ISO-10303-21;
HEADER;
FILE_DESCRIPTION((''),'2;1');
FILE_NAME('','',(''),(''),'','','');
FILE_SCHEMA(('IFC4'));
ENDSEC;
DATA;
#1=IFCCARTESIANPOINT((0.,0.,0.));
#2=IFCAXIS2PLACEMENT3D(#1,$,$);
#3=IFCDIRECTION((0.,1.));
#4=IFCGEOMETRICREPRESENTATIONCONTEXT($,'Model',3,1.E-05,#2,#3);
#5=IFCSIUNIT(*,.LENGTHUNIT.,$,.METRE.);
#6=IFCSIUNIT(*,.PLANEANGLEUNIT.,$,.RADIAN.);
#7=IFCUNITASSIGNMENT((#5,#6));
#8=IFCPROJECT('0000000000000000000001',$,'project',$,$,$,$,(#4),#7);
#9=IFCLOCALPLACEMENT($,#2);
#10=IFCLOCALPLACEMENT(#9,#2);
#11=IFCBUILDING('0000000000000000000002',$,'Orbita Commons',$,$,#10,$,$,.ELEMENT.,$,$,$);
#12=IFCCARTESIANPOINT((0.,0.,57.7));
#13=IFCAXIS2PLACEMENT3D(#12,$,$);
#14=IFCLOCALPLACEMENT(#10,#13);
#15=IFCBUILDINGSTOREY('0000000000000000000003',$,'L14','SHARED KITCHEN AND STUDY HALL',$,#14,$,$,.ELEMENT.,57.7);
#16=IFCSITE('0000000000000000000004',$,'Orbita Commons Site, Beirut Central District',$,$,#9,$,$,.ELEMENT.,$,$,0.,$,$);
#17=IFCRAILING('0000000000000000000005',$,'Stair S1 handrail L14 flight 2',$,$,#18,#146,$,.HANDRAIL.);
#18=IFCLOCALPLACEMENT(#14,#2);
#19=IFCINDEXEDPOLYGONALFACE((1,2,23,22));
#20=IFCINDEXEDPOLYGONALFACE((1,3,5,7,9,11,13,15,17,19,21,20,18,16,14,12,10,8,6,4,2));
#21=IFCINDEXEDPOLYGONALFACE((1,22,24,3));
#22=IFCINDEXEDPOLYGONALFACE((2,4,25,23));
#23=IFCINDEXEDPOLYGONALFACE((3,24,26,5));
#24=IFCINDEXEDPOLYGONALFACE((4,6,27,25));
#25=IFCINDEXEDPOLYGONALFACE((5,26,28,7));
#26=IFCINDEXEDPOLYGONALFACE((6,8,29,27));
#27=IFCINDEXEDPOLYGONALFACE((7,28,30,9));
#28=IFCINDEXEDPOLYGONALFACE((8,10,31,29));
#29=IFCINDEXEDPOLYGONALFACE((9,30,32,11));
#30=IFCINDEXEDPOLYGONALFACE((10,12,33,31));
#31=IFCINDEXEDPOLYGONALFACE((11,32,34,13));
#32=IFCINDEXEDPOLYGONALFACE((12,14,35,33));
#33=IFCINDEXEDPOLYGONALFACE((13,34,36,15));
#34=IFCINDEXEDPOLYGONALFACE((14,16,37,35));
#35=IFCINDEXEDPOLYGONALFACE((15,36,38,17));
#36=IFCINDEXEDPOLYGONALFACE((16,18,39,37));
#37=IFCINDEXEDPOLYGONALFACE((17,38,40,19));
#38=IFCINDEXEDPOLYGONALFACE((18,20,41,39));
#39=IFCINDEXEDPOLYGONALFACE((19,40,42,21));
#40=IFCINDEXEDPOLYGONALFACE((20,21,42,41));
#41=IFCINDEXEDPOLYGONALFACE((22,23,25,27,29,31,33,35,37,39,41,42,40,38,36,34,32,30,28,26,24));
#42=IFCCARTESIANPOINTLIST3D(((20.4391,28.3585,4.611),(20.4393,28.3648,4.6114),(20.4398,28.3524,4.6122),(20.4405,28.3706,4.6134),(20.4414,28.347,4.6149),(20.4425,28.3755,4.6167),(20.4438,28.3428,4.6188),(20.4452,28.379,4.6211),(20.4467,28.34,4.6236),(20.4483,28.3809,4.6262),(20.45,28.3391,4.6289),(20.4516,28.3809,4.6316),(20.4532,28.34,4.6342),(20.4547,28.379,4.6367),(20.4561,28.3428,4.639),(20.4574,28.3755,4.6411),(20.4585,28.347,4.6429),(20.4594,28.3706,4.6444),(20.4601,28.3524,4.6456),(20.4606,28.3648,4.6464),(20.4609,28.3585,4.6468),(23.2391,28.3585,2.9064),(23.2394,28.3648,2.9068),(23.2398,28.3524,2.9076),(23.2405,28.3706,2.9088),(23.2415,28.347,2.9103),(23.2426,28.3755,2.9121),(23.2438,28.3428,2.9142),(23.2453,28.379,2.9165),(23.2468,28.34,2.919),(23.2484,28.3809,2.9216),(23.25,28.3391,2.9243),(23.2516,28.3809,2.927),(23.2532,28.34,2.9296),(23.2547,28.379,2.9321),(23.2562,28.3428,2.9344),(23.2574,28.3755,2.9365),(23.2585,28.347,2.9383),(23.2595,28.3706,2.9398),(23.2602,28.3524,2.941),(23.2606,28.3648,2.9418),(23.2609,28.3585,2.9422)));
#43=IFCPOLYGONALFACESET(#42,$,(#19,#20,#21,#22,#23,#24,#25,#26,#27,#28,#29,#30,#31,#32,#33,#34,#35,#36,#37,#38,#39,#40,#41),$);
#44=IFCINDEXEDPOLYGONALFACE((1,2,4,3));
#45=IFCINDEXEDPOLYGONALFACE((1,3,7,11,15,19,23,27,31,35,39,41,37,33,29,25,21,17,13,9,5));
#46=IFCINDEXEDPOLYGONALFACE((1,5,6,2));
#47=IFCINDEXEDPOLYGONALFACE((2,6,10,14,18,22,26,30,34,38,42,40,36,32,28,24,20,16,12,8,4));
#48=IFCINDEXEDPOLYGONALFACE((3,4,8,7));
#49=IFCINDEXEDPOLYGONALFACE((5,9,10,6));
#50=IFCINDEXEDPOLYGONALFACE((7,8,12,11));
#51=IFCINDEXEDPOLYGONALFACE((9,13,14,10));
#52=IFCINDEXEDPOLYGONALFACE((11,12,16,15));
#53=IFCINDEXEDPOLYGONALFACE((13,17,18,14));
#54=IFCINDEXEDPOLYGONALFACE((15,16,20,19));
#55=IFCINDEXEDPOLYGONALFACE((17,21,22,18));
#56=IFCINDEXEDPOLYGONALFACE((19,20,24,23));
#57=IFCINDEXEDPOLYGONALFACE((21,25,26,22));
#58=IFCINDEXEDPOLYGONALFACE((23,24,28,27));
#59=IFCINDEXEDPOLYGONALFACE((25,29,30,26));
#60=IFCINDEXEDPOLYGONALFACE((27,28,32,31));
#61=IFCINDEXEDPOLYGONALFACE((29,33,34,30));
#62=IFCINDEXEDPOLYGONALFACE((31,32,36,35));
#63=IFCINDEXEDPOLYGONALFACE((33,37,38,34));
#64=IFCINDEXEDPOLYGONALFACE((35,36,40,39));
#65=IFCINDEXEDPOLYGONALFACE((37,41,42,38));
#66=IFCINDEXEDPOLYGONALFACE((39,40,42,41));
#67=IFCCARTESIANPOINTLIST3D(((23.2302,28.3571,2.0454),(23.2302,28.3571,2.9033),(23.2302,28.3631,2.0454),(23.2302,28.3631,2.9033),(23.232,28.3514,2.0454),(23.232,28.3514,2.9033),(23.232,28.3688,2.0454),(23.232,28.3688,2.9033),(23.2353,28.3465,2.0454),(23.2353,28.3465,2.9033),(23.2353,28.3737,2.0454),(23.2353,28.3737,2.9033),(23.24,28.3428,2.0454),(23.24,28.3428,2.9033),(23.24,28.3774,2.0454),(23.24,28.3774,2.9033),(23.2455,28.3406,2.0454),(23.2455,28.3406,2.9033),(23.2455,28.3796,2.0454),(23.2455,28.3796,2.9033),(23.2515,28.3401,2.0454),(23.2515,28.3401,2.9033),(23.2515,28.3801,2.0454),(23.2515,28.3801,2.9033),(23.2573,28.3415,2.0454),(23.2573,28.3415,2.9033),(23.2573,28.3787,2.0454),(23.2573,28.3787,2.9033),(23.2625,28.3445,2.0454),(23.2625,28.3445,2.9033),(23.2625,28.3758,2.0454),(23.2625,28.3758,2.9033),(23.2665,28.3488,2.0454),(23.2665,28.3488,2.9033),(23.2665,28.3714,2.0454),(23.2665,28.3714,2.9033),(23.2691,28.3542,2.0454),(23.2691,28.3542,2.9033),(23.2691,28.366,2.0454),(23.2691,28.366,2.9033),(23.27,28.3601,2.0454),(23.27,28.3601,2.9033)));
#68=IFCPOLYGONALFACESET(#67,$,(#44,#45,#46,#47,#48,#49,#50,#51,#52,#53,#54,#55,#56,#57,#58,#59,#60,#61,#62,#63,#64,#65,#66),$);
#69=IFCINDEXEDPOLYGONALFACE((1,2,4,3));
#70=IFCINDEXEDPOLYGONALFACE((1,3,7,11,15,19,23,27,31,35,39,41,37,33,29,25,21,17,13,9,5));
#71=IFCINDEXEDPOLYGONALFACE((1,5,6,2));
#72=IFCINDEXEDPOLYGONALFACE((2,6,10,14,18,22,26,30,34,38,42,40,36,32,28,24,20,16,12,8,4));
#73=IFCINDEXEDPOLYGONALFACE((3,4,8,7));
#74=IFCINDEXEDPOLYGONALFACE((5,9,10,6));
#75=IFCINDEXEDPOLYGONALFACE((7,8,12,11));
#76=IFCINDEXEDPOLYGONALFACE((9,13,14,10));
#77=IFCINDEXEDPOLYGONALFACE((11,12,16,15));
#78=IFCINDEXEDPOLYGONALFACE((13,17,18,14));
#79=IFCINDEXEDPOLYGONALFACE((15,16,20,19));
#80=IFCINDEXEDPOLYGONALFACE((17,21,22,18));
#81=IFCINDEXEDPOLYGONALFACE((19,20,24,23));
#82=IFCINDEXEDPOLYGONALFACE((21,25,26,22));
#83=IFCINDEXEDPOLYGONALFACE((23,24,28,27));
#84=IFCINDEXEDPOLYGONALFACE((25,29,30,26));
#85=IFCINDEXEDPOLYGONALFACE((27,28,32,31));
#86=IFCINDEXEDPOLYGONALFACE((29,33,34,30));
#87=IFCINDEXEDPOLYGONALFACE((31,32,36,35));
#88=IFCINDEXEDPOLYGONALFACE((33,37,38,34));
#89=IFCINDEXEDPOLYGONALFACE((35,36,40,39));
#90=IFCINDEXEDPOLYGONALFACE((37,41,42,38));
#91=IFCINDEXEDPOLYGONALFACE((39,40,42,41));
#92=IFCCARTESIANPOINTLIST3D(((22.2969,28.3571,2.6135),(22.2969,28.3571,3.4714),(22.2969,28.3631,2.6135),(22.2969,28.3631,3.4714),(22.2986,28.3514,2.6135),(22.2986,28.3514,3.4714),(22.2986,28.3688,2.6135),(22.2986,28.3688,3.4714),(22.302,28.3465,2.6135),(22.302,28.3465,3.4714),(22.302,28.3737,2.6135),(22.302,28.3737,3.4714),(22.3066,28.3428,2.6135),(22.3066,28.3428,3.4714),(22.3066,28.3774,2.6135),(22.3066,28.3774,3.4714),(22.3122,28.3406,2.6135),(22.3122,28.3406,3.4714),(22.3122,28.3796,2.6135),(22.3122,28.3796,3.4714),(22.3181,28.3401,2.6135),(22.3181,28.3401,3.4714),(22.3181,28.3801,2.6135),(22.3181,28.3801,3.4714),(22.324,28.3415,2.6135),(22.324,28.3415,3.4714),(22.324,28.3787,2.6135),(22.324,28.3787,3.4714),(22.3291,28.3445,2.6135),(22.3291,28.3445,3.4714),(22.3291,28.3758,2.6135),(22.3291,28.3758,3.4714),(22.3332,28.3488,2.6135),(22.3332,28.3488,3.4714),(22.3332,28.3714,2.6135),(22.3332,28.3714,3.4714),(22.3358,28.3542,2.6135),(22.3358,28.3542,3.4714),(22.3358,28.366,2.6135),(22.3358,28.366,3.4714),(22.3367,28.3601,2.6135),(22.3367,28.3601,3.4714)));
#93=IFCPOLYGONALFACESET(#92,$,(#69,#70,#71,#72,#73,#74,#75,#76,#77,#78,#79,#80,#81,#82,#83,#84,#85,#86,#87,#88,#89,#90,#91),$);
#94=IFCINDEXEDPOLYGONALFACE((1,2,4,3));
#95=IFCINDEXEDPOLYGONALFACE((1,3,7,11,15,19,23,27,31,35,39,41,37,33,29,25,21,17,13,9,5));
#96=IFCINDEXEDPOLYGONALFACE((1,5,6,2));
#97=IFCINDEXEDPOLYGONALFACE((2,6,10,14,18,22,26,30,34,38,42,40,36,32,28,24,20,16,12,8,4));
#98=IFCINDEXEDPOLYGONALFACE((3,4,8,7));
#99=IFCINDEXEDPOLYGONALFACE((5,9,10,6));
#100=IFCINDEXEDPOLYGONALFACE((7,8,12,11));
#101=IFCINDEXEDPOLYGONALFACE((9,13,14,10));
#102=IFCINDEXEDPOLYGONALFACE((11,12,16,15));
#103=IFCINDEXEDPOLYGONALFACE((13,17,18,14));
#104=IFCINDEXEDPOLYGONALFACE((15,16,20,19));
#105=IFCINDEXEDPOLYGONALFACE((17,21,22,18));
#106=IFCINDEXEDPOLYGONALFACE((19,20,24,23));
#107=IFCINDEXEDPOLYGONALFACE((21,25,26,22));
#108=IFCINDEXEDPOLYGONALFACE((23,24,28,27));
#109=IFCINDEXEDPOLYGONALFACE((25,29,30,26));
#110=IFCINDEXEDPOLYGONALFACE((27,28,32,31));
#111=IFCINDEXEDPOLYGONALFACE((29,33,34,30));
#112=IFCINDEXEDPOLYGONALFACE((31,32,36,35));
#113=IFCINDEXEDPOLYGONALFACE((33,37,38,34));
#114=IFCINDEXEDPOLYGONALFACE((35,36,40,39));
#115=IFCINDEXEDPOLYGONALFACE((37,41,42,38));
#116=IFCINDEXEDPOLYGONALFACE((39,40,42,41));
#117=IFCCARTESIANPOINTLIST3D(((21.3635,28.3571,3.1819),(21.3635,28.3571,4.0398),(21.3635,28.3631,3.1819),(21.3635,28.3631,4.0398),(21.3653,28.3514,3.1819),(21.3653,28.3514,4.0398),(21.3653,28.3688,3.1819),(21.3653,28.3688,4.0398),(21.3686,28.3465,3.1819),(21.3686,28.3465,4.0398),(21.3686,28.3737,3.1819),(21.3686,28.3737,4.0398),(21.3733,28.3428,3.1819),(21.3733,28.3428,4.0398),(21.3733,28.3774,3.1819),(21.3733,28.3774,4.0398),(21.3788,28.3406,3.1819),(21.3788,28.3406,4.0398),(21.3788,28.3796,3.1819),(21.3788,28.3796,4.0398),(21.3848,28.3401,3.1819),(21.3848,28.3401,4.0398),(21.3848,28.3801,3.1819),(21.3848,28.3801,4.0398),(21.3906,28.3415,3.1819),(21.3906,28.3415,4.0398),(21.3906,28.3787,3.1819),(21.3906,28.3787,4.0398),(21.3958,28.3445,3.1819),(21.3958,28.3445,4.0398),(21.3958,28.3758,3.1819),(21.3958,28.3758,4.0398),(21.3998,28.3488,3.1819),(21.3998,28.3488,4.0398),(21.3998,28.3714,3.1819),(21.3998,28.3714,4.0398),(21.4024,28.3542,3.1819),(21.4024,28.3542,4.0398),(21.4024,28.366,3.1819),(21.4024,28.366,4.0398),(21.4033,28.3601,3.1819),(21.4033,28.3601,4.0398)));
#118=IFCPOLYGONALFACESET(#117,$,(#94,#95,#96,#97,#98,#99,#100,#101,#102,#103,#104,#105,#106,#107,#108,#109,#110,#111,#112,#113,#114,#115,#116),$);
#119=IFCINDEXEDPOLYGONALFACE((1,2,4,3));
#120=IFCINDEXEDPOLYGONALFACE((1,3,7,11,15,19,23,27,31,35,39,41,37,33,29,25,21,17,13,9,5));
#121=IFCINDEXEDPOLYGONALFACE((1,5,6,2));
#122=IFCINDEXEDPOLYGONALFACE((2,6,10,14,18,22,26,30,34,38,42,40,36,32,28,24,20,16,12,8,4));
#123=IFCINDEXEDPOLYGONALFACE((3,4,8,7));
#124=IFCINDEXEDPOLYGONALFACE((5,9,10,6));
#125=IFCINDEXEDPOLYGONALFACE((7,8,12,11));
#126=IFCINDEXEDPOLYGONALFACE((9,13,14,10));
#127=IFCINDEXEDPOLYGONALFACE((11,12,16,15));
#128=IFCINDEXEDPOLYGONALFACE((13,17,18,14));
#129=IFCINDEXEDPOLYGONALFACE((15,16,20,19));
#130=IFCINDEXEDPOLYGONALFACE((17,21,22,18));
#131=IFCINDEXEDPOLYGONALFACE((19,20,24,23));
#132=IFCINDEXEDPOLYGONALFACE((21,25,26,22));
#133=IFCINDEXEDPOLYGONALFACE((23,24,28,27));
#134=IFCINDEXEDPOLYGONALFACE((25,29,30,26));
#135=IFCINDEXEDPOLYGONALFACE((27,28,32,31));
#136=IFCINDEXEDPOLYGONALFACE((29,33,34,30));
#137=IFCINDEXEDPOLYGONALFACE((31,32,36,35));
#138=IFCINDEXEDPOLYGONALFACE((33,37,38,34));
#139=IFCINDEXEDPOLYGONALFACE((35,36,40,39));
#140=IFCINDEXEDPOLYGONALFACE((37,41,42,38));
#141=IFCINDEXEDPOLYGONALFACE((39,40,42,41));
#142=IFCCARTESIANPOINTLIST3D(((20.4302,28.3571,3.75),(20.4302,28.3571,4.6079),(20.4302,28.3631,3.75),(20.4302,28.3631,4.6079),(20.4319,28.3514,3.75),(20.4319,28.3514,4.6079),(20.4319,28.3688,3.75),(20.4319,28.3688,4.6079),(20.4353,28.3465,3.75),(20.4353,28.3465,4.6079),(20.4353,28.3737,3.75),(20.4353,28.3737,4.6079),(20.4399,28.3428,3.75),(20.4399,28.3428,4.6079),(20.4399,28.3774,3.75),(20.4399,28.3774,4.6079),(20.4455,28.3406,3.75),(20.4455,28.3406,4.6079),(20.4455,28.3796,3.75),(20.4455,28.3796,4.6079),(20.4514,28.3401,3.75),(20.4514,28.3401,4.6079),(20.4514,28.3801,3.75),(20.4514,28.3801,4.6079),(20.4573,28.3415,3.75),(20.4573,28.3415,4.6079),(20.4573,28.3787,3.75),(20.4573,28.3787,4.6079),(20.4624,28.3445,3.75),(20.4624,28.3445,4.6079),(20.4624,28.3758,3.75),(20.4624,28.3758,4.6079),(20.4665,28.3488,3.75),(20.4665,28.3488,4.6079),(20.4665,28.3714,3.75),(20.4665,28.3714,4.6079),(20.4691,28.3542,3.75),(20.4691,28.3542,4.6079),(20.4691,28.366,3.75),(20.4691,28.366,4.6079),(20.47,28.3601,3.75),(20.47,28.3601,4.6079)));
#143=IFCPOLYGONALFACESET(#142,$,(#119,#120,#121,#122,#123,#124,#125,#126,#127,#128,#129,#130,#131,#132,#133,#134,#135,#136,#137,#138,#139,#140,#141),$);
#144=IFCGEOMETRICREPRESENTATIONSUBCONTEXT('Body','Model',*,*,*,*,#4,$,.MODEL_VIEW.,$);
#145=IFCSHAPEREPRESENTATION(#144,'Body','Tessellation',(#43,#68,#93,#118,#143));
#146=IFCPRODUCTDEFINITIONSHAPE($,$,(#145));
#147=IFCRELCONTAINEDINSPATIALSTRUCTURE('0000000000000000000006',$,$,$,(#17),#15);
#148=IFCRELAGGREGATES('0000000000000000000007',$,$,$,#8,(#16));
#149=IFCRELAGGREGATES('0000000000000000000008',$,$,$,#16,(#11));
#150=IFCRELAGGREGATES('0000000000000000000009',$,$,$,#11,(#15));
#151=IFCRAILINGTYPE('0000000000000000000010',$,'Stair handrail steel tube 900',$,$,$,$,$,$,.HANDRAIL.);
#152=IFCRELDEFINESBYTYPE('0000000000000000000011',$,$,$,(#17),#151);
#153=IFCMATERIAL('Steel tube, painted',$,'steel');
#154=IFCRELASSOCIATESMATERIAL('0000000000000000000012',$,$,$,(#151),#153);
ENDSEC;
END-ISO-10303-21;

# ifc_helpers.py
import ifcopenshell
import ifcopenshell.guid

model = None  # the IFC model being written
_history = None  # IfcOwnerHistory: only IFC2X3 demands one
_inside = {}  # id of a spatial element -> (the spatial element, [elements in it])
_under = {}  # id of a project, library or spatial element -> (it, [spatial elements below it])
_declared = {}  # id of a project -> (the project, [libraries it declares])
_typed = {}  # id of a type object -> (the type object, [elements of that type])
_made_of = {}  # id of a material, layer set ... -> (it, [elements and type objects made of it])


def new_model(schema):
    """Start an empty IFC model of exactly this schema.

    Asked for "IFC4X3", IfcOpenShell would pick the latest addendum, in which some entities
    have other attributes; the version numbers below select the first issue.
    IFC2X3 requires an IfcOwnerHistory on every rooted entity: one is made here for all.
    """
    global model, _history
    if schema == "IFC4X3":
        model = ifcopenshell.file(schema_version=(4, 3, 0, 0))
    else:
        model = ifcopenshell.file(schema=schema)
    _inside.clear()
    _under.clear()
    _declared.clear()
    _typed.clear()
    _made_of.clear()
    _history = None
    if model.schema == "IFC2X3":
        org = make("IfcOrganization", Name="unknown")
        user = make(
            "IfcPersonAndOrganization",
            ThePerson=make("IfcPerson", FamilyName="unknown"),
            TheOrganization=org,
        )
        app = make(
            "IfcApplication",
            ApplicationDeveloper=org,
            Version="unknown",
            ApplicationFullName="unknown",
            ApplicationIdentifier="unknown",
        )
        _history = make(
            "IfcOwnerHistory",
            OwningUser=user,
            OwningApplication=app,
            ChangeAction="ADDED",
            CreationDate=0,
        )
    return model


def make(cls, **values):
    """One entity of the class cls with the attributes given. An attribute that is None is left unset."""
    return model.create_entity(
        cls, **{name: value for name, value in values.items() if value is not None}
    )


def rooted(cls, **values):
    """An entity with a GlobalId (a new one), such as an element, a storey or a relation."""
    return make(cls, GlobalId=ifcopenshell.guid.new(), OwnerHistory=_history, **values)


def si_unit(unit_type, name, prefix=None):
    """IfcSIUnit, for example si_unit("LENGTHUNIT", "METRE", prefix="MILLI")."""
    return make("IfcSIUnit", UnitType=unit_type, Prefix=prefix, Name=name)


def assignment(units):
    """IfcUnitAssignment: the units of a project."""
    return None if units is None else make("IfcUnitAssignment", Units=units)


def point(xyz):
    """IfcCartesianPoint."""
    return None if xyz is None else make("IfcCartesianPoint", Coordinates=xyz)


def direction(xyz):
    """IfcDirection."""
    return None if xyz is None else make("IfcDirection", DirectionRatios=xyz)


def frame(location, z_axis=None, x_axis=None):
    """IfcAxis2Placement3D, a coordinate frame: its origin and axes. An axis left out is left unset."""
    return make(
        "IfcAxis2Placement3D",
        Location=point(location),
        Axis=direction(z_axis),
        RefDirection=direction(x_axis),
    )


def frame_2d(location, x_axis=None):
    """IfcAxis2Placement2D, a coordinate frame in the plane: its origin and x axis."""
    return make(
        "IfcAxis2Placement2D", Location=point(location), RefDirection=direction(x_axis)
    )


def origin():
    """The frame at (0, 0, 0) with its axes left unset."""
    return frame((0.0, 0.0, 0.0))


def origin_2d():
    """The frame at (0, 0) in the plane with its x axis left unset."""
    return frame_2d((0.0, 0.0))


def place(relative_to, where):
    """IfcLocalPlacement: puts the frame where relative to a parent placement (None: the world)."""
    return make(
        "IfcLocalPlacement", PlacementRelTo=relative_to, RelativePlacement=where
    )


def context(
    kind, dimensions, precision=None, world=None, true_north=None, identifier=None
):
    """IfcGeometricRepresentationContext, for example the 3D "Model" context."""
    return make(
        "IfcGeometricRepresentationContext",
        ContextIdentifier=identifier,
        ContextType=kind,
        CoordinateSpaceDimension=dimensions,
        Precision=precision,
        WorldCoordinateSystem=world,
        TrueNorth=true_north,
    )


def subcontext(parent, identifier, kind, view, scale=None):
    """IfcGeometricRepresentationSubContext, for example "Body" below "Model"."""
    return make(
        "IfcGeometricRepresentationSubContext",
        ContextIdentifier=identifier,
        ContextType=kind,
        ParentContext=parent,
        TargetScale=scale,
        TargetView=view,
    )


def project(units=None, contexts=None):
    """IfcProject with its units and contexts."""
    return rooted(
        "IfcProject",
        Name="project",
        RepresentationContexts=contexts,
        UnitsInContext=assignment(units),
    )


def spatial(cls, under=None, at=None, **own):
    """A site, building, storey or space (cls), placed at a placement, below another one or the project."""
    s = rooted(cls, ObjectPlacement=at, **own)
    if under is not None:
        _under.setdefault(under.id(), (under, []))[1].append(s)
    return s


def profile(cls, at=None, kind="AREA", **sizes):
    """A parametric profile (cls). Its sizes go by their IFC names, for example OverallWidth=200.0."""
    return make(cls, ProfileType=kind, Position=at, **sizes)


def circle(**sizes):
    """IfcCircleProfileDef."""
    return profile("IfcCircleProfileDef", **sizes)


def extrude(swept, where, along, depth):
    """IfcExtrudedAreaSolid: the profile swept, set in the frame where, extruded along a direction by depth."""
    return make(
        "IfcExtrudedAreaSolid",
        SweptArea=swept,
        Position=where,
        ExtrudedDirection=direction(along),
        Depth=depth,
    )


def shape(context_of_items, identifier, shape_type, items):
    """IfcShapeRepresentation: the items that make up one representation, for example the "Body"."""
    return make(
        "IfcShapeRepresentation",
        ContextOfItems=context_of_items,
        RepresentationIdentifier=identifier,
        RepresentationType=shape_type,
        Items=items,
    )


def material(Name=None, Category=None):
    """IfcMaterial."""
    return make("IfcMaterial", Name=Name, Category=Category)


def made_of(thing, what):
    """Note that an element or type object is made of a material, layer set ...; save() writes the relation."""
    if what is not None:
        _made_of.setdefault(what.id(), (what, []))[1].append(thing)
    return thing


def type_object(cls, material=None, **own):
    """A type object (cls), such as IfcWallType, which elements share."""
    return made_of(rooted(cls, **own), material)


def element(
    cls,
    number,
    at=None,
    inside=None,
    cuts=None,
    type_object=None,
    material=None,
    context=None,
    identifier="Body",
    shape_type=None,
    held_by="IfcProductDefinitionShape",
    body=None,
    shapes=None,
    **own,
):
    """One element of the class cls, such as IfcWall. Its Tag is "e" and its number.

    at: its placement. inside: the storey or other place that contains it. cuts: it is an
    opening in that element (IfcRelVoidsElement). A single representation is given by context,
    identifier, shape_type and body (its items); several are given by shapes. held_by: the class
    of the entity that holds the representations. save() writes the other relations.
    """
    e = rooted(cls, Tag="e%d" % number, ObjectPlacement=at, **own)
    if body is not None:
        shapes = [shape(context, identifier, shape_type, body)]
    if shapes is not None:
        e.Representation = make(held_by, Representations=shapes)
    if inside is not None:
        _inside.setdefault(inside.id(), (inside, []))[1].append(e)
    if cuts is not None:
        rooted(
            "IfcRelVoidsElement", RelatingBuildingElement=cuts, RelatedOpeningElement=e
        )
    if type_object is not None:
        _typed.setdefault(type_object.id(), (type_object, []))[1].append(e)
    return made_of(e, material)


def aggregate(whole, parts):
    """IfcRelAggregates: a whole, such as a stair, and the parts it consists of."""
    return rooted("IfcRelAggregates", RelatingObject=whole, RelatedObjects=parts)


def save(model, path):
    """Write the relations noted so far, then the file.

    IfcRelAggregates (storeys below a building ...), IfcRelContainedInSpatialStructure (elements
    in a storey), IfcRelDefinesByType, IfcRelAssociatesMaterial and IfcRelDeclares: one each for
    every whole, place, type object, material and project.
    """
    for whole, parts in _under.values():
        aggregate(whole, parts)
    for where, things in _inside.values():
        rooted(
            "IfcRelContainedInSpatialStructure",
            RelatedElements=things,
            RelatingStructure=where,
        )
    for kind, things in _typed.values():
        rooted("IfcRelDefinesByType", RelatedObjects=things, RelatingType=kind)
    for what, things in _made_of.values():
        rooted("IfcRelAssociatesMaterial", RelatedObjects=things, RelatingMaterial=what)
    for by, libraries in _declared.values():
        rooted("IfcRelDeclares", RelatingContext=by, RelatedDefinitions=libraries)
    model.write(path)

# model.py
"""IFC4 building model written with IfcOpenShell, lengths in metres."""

from ifc_helpers import new_model, si_unit, direction, frame, origin, origin_2d, place, context, subcontext, project, spatial, circle, extrude, material, type_object, element, save


model = new_model("IFC4")

# Units and contexts
model_context = context("Model", 3, precision=1e-05, world=origin(), true_north=direction((0.0, 1.0)))
body_context = subcontext(model_context, "Body", "Model", "MODEL_VIEW")
ifc_project = project(units=[si_unit("LENGTHUNIT", "METRE"), si_unit("PLANEANGLEUNIT", "RADIAN")], contexts=[model_context])

# Site, building, storey
site_placement = place(None, origin())
site = spatial("IfcSite", under=ifc_project, at=site_placement, Name="Orbita Commons Site, Beirut Central District", CompositionType="ELEMENT", RefElevation=0.0)
building_placement = place(site_placement, origin())
building = spatial("IfcBuilding", under=site, at=building_placement, Name="Orbita Commons", CompositionType="ELEMENT")
storey_placement = place(building_placement, frame((0.0, 0.0, 57.7)))
storey = spatial("IfcBuildingStorey", under=building, at=storey_placement, Name="L14", Description="SHARED KITCHEN AND STUDY HALL", CompositionType="ELEMENT", Elevation=57.7)

# Railing
ifc_material_1 = material(Name="Steel tube, painted", Category="steel")
railing_type = type_object("IfcRailingType", Name="Stair handrail steel tube 900", PredefinedType="HANDRAIL", material=ifc_material_1)
railing_placement = place(storey_placement, frame((23.25, 28.3601, 2.0454)))
element("IfcRailing", 1, at=railing_placement, inside=storey, type_object=railing_type, Name="Stair S1 handrail L14 flight 2", PredefinedType="HANDRAIL", context=body_context, shape_type="SweptSolid", body=[
    extrude(circle(Radius=0.021, at=origin_2d()), frame((0.0, 0.0, 0.8789), z_axis=(-0.85417, 0.0, 0.519994), x_axis=(0.0, -1.0, 0.0)), (0.0, 0.0, 1.0), 3.2781),
    extrude(circle(Radius=0.02, at=origin_2d()), origin(), (0.0, 0.0, 1.0), 0.8579),
    extrude(circle(Radius=0.02, at=origin_2d()), frame((-0.9333, 0.0, 0.5681)), (0.0, 0.0, 1.0), 0.8579),
    extrude(circle(Radius=0.02, at=origin_2d()), frame((-1.8667, 0.0, 1.1365)), (0.0, 0.0, 1.0), 0.8579),
    extrude(circle(Radius=0.02, at=origin_2d()), frame((-2.8, 0.0, 1.7046)), (0.0, 0.0, 1.0), 0.8579),
])

save(model, "model.ifc")
